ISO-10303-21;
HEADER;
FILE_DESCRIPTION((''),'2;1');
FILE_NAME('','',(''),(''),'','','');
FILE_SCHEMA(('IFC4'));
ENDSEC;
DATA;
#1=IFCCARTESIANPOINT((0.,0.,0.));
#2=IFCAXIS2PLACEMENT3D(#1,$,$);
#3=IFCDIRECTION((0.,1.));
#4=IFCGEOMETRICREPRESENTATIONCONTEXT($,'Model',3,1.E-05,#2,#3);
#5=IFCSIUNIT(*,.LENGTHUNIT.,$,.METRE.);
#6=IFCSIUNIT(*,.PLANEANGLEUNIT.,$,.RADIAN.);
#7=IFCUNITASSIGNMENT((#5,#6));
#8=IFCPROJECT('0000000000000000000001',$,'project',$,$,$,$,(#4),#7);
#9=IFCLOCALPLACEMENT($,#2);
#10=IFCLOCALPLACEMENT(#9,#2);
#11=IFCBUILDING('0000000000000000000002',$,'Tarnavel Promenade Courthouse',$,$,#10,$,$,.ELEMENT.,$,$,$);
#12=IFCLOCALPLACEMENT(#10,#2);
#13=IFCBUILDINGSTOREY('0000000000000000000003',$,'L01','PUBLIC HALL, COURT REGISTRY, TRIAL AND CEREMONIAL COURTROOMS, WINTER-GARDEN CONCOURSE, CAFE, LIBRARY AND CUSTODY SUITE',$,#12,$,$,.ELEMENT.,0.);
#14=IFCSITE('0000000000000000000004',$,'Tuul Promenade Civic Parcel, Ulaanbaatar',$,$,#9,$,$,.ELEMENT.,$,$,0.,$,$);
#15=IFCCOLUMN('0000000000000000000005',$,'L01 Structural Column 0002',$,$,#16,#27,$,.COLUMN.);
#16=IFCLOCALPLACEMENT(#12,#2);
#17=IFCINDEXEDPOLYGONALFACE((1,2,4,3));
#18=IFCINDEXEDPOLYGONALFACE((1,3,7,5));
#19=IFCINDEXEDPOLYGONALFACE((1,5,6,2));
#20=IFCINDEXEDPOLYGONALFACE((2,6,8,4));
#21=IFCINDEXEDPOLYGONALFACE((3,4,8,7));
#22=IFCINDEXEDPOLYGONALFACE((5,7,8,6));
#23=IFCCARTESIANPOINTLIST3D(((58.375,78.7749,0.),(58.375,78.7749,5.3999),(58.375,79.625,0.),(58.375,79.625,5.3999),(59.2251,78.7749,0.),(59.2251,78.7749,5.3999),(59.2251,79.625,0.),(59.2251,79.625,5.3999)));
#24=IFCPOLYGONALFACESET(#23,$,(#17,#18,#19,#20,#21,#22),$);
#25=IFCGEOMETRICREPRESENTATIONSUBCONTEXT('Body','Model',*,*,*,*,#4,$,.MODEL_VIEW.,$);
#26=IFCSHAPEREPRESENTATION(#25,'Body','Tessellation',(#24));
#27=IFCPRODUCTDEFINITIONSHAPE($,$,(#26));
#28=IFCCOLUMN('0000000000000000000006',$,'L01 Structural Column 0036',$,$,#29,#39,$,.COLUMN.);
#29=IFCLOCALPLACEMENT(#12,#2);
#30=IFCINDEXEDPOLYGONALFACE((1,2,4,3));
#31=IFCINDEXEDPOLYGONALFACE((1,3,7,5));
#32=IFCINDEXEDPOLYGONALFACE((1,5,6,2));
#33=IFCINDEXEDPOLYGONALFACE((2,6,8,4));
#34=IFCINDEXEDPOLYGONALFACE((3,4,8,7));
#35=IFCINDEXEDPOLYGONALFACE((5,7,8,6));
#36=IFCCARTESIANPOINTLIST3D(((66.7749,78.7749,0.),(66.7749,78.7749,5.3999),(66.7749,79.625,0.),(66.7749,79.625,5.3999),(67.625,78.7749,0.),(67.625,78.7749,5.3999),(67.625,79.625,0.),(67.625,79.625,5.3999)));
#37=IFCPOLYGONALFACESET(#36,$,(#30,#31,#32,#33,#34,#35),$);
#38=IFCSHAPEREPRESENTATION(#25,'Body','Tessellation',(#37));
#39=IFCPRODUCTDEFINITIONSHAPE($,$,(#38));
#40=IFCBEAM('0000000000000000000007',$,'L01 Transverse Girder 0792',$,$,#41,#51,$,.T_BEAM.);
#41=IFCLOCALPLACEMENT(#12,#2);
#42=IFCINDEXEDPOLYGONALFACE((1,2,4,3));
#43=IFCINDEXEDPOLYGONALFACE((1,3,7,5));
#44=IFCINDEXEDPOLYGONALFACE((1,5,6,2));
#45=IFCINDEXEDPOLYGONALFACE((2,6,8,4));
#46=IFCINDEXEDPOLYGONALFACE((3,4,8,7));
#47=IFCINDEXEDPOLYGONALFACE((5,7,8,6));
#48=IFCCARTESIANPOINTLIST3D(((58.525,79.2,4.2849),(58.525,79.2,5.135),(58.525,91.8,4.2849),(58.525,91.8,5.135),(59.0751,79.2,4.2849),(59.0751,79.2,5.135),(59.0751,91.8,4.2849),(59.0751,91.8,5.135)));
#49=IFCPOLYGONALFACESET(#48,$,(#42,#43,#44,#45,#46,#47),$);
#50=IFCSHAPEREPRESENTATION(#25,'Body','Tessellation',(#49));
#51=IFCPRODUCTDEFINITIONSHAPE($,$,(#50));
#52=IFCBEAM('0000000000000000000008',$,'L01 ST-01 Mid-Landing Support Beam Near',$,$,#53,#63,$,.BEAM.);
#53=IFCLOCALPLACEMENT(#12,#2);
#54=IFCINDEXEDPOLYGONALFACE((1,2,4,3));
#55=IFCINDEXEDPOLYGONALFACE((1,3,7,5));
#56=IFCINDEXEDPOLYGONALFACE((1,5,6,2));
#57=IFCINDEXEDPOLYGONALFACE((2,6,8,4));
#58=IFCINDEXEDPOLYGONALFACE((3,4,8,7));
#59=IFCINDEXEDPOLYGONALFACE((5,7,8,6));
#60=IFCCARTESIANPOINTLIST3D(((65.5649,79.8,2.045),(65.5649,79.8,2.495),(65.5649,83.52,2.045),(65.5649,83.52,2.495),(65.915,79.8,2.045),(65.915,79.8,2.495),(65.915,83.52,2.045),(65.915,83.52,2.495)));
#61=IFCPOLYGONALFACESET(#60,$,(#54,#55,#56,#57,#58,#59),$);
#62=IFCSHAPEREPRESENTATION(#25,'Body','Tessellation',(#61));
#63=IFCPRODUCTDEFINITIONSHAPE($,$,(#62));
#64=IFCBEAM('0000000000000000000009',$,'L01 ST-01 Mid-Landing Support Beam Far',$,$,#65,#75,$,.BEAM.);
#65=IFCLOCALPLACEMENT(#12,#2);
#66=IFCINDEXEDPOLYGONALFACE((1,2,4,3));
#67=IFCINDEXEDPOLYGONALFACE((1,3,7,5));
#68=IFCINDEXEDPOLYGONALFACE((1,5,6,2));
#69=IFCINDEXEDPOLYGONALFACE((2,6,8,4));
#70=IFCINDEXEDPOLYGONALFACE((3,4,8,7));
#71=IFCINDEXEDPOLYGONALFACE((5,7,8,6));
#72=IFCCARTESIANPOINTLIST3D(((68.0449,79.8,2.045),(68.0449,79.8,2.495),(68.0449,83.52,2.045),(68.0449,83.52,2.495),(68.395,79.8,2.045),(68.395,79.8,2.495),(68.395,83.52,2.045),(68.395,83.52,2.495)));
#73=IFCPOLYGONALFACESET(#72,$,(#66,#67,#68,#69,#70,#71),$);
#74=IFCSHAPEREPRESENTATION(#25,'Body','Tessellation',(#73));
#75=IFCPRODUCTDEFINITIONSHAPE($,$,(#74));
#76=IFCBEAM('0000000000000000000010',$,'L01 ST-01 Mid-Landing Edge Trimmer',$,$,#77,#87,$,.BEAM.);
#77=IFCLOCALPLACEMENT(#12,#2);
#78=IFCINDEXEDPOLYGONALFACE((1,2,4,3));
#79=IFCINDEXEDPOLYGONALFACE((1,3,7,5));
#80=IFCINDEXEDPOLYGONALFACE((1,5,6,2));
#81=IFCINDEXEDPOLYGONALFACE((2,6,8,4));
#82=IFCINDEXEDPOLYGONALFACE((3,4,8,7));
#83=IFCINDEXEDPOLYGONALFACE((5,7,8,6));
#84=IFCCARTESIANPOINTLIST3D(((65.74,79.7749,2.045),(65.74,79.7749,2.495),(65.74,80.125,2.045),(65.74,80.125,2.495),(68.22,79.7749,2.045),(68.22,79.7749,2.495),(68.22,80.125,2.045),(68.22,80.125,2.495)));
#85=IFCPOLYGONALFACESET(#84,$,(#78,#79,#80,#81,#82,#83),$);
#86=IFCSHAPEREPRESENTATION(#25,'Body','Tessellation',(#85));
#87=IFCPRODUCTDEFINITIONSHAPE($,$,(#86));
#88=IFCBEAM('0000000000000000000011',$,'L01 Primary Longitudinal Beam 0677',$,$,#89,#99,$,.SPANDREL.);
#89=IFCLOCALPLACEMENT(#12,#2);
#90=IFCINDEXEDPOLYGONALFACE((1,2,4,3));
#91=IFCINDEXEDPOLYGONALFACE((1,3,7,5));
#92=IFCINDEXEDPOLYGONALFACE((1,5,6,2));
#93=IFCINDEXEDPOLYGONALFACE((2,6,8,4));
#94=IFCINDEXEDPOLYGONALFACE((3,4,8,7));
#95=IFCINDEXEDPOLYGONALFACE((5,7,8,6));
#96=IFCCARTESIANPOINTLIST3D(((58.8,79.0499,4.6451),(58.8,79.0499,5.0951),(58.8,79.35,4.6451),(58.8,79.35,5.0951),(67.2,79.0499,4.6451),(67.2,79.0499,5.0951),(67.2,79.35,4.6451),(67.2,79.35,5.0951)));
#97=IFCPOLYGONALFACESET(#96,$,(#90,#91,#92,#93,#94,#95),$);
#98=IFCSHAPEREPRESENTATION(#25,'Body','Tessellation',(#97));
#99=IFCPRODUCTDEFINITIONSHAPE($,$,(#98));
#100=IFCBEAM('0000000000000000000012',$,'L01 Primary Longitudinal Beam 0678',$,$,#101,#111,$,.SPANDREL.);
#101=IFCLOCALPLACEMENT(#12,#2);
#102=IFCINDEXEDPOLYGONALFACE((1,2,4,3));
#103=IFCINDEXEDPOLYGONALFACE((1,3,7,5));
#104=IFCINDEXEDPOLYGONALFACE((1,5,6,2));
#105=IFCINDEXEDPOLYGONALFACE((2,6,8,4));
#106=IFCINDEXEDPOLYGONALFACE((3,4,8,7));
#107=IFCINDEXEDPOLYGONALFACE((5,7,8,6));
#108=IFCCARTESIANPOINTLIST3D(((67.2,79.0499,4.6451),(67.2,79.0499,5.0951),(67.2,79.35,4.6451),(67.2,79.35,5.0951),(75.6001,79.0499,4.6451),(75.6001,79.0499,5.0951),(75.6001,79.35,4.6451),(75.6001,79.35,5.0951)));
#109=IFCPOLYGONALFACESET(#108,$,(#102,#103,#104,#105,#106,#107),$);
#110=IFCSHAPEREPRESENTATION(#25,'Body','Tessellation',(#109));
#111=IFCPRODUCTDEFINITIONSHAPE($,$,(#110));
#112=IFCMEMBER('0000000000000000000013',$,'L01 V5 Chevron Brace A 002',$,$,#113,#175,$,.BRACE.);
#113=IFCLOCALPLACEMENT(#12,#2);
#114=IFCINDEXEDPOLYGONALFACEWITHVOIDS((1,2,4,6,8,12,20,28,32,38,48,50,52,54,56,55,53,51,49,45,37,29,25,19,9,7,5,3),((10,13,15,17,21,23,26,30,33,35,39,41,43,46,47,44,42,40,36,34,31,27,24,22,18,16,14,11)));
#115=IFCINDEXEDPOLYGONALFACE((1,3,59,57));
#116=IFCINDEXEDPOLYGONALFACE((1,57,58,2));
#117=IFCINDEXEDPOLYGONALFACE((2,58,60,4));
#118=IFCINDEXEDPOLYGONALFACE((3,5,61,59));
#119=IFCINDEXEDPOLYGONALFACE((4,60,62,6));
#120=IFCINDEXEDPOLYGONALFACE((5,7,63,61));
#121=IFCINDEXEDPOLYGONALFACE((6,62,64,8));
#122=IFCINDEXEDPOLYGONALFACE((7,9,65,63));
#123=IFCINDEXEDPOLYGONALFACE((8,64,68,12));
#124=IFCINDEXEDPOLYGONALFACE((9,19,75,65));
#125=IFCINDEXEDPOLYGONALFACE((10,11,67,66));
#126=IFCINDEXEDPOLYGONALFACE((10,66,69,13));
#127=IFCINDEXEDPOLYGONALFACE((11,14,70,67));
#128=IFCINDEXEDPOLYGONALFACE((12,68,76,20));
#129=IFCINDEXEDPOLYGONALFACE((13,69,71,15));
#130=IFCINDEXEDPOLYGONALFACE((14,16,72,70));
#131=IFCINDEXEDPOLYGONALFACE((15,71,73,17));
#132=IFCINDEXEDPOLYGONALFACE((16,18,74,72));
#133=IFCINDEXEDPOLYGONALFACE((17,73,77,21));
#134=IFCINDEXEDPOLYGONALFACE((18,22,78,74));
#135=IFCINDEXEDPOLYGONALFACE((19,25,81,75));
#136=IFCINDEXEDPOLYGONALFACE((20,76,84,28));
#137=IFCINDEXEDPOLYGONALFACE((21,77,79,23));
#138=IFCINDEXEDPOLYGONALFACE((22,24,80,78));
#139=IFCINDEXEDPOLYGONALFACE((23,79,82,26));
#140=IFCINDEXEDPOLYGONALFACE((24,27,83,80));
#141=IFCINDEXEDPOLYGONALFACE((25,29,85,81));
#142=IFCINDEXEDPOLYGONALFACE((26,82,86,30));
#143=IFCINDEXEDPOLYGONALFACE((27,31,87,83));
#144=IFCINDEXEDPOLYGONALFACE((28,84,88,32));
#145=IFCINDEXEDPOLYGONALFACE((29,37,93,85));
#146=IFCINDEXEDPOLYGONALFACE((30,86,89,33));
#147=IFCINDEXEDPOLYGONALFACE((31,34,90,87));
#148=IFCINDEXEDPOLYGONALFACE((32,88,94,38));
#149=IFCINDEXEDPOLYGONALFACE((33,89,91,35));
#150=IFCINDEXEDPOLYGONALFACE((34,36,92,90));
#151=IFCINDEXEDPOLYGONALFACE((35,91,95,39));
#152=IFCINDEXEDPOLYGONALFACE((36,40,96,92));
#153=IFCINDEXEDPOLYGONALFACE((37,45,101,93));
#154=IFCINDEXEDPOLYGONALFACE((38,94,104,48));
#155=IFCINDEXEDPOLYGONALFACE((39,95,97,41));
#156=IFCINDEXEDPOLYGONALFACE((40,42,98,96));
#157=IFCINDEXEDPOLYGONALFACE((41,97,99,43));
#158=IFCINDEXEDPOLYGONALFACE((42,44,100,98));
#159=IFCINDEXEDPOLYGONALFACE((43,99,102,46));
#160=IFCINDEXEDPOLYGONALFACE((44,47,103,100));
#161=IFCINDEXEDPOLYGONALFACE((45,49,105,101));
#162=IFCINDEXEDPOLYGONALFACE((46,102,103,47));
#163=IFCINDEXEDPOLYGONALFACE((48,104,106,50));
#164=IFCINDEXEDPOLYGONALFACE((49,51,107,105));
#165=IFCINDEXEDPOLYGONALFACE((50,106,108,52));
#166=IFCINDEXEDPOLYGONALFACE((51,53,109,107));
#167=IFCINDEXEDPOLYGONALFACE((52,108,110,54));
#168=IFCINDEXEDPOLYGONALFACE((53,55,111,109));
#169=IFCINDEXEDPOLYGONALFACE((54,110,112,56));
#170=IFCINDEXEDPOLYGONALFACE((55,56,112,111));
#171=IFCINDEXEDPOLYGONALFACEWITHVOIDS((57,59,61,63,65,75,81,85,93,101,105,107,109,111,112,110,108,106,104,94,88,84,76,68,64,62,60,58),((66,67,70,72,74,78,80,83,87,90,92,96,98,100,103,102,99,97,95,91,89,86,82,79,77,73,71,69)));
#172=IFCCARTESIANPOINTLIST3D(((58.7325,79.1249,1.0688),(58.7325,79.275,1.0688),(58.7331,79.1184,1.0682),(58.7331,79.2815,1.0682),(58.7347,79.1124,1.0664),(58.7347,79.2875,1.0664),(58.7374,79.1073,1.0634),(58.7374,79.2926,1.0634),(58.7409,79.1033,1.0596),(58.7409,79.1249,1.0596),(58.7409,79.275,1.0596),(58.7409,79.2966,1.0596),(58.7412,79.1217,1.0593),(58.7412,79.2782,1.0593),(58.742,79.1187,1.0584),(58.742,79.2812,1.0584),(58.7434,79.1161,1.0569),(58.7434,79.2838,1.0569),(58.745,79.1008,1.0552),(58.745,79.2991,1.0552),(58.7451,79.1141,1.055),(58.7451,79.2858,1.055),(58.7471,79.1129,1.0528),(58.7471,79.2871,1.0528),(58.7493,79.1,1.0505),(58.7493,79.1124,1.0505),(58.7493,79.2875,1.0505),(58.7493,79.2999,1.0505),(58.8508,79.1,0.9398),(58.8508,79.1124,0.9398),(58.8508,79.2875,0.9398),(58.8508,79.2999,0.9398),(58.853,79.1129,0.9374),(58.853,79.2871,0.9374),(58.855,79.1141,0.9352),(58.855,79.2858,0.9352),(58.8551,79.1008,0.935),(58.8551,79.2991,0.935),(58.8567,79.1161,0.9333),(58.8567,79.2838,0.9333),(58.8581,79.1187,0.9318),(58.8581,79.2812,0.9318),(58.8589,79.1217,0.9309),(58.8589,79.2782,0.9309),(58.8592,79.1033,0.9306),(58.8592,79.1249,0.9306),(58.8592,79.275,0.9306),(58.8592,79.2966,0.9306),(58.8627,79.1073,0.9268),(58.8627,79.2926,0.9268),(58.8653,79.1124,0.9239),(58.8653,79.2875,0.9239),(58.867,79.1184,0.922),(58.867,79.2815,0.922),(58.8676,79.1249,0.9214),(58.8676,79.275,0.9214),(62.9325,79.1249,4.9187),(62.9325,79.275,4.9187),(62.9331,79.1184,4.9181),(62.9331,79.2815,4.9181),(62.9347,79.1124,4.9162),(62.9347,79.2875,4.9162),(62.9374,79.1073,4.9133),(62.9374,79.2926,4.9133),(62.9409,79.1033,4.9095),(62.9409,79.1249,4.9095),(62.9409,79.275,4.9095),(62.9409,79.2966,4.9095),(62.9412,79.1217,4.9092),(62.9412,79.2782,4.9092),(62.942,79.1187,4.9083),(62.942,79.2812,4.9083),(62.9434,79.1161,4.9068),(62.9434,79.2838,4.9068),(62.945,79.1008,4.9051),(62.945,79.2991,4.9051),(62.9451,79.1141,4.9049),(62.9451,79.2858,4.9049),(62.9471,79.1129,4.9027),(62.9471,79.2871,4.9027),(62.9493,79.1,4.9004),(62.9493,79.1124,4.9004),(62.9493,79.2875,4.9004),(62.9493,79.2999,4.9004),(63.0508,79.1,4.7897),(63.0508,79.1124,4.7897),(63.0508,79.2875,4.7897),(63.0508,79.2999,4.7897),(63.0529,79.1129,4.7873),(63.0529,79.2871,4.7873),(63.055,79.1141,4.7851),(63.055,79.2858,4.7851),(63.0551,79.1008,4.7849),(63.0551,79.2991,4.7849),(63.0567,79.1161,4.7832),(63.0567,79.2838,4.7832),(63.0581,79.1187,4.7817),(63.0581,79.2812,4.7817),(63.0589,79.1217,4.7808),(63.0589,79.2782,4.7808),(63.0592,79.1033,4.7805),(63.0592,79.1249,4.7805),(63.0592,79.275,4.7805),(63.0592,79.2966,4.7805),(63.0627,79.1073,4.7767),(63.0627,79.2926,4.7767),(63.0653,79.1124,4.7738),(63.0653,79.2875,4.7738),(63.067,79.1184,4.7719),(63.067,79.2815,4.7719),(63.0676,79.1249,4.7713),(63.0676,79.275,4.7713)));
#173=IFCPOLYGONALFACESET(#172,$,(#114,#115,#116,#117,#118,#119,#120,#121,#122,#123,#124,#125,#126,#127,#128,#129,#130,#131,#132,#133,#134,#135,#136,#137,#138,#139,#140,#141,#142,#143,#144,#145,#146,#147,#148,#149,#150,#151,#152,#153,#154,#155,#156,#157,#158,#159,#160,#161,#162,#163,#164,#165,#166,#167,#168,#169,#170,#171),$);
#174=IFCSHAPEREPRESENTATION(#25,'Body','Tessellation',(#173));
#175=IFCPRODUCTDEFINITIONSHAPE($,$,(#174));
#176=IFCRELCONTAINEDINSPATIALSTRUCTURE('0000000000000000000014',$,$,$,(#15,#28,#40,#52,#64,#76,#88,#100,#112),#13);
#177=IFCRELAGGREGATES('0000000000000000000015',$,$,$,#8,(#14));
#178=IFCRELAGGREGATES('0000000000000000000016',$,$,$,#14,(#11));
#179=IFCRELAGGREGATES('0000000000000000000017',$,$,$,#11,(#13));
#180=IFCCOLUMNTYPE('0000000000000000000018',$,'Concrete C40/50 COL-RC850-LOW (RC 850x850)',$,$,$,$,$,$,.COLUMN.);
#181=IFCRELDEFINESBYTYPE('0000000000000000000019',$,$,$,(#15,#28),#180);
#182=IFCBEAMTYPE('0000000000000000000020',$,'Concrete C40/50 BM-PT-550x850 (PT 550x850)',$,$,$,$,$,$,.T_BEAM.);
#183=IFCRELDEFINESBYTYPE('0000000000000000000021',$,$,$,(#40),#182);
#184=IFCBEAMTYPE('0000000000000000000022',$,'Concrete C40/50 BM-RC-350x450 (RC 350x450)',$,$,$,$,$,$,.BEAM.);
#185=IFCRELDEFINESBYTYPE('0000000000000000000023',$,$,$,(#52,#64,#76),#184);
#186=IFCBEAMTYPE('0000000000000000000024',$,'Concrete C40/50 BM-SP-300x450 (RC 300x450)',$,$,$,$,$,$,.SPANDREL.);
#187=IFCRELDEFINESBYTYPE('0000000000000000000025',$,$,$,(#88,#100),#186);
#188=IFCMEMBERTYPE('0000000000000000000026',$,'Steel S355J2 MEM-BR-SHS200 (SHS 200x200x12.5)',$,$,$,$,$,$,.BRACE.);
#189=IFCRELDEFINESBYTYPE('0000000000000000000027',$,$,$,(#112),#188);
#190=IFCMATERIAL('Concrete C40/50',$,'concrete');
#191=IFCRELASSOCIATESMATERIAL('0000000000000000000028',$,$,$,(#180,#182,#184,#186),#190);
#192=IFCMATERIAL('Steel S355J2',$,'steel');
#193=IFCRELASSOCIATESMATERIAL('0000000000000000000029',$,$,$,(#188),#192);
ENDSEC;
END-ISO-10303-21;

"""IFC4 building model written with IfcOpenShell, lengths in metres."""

from ifc_helpers import new_model, si_unit, direction, frame, origin, origin_2d, place, context, subcontext, project, spatial, rectangle, hollow_rectangle, extrude, material, material_profile, profile_set, type_object, element, save


model = new_model("IFC4")

# Units and contexts
model_context = context("Model", 3, precision=1e-05, world=origin(), true_north=direction((0.0, 1.0)))
body_context = subcontext(model_context, "Body", "Model", "MODEL_VIEW")
ifc_project = project(units=[si_unit("LENGTHUNIT", "METRE"), si_unit("PLANEANGLEUNIT", "RADIAN")], contexts=[model_context])

# Site, building, storey
site_placement = place(None, origin())
site = spatial("IfcSite", under=ifc_project, at=site_placement, Name="Tuul Promenade Civic Parcel, Ulaanbaatar", CompositionType="ELEMENT", RefElevation=0.0)
building_placement = place(site_placement, origin())
building = spatial("IfcBuilding", under=site, at=building_placement, Name="Tarnavel Promenade Courthouse", CompositionType="ELEMENT")
storey_placement = place(building_placement, origin())
storey = spatial("IfcBuildingStorey", under=building, at=storey_placement, Name="L01", Description="PUBLIC HALL, COURT REGISTRY, TRIAL AND CEREMONIAL COURTROOMS, WINTER-GARDEN CONCOURSE, CAFE, LIBRARY AND CUSTODY SUITE", CompositionType="ELEMENT", Elevation=0.0)

# Columns
ifc_material_1 = material(Name="Concrete C40/50", Category="concrete")
ifc_material_profile_1 = material_profile(ifc_material_1, rectangle(XDim=0.8501, YDim=0.8501, at=origin_2d()), Name="RC 850x850")
ifc_profile_set_1 = profile_set([ifc_material_profile_1], Name="Concrete C40/50")
column_type = type_object("IfcColumnType", Name="Concrete C40/50 COL-RC850-LOW (RC 850x850)", PredefinedType="COLUMN", material=ifc_profile_set_1)
for number, where, z_axis, x_axis, name in (
    (1, (58.8, 79.2, 0.0), (0.0, 0.0, 1.0), (1.0, 0.0, 0.0), "L01 Structural Column 0002"),
    (2, (67.2, 79.2, 0.0), (0.0, 0.0, 1.0), (1.0, 0.0, 0.0), "L01 Structural Column 0036"),
):
    element("IfcColumn", number, at=place(storey_placement, frame(where, z_axis=z_axis, x_axis=x_axis)), inside=storey, type_object=column_type, Name=name, PredefinedType="COLUMN", context=body_context, shape_type="SweptSolid", body=[
        extrude(rectangle(XDim=0.8501, YDim=0.8501, at=origin_2d()), origin(), (0.0, 0.0, 1.0), 5.3999),
    ])

# Beams
ifc_material_profile_2 = material_profile(ifc_material_1, rectangle(XDim=0.55, YDim=0.8501, at=origin_2d()), Name="PT 550x850")
ifc_profile_set_2 = profile_set([ifc_material_profile_2], Name="Concrete C40/50")
beam_type_1 = type_object("IfcBeamType", Name="Concrete C40/50 BM-PT-550x850 (PT 550x850)", PredefinedType="T_BEAM", material=ifc_profile_set_2)
beam_1_placement = place(storey_placement, frame((58.8, 79.2, 4.71), z_axis=(0.0, 1.0, 0.0), x_axis=(-1.0, 0.0, 0.0)))
element("IfcBeam", 3, at=beam_1_placement, inside=storey, type_object=beam_type_1, Name="L01 Transverse Girder 0792", PredefinedType="T_BEAM", context=body_context, shape_type="SweptSolid", body=[
    extrude(rectangle(XDim=0.55, YDim=0.8501, at=origin_2d()), origin(), (0.0, 0.0, 1.0), 12.6001),
])
ifc_material_profile_3 = material_profile(ifc_material_1, rectangle(XDim=0.3501, YDim=0.45, at=origin_2d()), Name="RC 350x450")
ifc_profile_set_3 = profile_set([ifc_material_profile_3], Name="Concrete C40/50")
beam_type_2 = type_object("IfcBeamType", Name="Concrete C40/50 BM-RC-350x450 (RC 350x450)", PredefinedType="BEAM", material=ifc_profile_set_3)
for number, where, z_axis, x_axis, name in (
    (4, (65.74, 79.8, 2.27), (0.0, 1.0, 0.0), (-1.0, 0.0, 0.0), "L01 ST-01 Mid-Landing Support Beam Near"),
    (5, (68.22, 79.8, 2.27), (0.0, 1.0, 0.0), (-1.0, 0.0, 0.0), "L01 ST-01 Mid-Landing Support Beam Far"),
):
    element("IfcBeam", number, at=place(storey_placement, frame(where, z_axis=z_axis, x_axis=x_axis)), inside=storey, type_object=beam_type_2, Name=name, PredefinedType="BEAM", context=body_context, shape_type="SweptSolid", body=[
        extrude(rectangle(XDim=0.3501, YDim=0.45, at=origin_2d()), origin(), (0.0, 0.0, 1.0), 3.72),
    ])
beam_2_placement = place(storey_placement, frame((65.74, 79.95, 2.27), z_axis=(1.0, 0.0, 0.0), x_axis=(0.0, 1.0, 0.0)))
element("IfcBeam", 6, at=beam_2_placement, inside=storey, type_object=beam_type_2, Name="L01 ST-01 Mid-Landing Edge Trimmer", PredefinedType="BEAM", context=body_context, shape_type="SweptSolid", body=[
    extrude(rectangle(XDim=0.3501, YDim=0.45, at=origin_2d()), origin(), (0.0, 0.0, 1.0), 2.48),
])
ifc_material_profile_4 = material_profile(ifc_material_1, rectangle(XDim=0.3, YDim=0.45, at=origin_2d()), Name="RC 300x450")
ifc_profile_set_4 = profile_set([ifc_material_profile_4], Name="Concrete C40/50")
beam_type_3 = type_object("IfcBeamType", Name="Concrete C40/50 BM-SP-300x450 (RC 300x450)", PredefinedType="SPANDREL", material=ifc_profile_set_4)
beam_3_placement = place(storey_placement, frame((58.8, 79.2, 4.8701), z_axis=(1.0, 0.0, 0.0), x_axis=(0.0, 1.0, 0.0)))
element("IfcBeam", 7, at=beam_3_placement, inside=storey, type_object=beam_type_3, Name="L01 Primary Longitudinal Beam 0677", PredefinedType="SPANDREL", context=body_context, shape_type="SweptSolid", body=[
    extrude(rectangle(XDim=0.3, YDim=0.45, at=origin_2d()), origin(), (0.0, 0.0, 1.0), 8.3999),
])
beam_4_placement = place(storey_placement, frame((67.2, 79.2, 4.8701), z_axis=(1.0, 0.0, 0.0), x_axis=(0.0, 1.0, 0.0)))
element("IfcBeam", 8, at=beam_4_placement, inside=storey, type_object=beam_type_3, Name="L01 Primary Longitudinal Beam 0678", PredefinedType="SPANDREL", context=body_context, shape_type="SweptSolid", body=[
    extrude(rectangle(XDim=0.3, YDim=0.45, at=origin_2d()), origin(), (0.0, 0.0, 1.0), 8.4001),
])

# Member
ifc_material_2 = material(Name="Steel S355J2", Category="steel")
ifc_material_profile_5 = material_profile(ifc_material_2, hollow_rectangle(XDim=0.2, YDim=0.2, WallThickness=0.0125, InnerFilletRadius=0.0125, OuterFilletRadius=0.0249, at=origin_2d()), Name="SHS 200x200x12.5")
ifc_profile_set_5 = profile_set([ifc_material_profile_5], Name="Steel S355J2")
member_type_1 = type_object("IfcMemberType", Name="Steel S355J2 MEM-BR-SHS200 (SHS 200x200x12.5)", PredefinedType="BRACE", material=ifc_profile_set_5)
for number, where, z_axis, x_axis, name in (
    (9, (58.8, 79.2, 0.9951), (0.737163, 0.0, 0.675715), (0.0, 1.0, 0.0), "L01 V5 Chevron Brace A 002"),
):
    element("IfcMember", number, at=place(storey_placement, frame(where, z_axis=z_axis, x_axis=x_axis)), inside=storey, type_object=member_type_1, Name=name, PredefinedType="BRACE", context=body_context, shape_type="SweptSolid", body=[
        extrude(hollow_rectangle(XDim=0.2, YDim=0.2, WallThickness=0.0125, InnerFilletRadius=0.0125, OuterFilletRadius=0.0249, at=origin_2d()), origin(), (0.0, 0.0, 1.0), 5.6975),
    ])

save(model, "model.ifc")
